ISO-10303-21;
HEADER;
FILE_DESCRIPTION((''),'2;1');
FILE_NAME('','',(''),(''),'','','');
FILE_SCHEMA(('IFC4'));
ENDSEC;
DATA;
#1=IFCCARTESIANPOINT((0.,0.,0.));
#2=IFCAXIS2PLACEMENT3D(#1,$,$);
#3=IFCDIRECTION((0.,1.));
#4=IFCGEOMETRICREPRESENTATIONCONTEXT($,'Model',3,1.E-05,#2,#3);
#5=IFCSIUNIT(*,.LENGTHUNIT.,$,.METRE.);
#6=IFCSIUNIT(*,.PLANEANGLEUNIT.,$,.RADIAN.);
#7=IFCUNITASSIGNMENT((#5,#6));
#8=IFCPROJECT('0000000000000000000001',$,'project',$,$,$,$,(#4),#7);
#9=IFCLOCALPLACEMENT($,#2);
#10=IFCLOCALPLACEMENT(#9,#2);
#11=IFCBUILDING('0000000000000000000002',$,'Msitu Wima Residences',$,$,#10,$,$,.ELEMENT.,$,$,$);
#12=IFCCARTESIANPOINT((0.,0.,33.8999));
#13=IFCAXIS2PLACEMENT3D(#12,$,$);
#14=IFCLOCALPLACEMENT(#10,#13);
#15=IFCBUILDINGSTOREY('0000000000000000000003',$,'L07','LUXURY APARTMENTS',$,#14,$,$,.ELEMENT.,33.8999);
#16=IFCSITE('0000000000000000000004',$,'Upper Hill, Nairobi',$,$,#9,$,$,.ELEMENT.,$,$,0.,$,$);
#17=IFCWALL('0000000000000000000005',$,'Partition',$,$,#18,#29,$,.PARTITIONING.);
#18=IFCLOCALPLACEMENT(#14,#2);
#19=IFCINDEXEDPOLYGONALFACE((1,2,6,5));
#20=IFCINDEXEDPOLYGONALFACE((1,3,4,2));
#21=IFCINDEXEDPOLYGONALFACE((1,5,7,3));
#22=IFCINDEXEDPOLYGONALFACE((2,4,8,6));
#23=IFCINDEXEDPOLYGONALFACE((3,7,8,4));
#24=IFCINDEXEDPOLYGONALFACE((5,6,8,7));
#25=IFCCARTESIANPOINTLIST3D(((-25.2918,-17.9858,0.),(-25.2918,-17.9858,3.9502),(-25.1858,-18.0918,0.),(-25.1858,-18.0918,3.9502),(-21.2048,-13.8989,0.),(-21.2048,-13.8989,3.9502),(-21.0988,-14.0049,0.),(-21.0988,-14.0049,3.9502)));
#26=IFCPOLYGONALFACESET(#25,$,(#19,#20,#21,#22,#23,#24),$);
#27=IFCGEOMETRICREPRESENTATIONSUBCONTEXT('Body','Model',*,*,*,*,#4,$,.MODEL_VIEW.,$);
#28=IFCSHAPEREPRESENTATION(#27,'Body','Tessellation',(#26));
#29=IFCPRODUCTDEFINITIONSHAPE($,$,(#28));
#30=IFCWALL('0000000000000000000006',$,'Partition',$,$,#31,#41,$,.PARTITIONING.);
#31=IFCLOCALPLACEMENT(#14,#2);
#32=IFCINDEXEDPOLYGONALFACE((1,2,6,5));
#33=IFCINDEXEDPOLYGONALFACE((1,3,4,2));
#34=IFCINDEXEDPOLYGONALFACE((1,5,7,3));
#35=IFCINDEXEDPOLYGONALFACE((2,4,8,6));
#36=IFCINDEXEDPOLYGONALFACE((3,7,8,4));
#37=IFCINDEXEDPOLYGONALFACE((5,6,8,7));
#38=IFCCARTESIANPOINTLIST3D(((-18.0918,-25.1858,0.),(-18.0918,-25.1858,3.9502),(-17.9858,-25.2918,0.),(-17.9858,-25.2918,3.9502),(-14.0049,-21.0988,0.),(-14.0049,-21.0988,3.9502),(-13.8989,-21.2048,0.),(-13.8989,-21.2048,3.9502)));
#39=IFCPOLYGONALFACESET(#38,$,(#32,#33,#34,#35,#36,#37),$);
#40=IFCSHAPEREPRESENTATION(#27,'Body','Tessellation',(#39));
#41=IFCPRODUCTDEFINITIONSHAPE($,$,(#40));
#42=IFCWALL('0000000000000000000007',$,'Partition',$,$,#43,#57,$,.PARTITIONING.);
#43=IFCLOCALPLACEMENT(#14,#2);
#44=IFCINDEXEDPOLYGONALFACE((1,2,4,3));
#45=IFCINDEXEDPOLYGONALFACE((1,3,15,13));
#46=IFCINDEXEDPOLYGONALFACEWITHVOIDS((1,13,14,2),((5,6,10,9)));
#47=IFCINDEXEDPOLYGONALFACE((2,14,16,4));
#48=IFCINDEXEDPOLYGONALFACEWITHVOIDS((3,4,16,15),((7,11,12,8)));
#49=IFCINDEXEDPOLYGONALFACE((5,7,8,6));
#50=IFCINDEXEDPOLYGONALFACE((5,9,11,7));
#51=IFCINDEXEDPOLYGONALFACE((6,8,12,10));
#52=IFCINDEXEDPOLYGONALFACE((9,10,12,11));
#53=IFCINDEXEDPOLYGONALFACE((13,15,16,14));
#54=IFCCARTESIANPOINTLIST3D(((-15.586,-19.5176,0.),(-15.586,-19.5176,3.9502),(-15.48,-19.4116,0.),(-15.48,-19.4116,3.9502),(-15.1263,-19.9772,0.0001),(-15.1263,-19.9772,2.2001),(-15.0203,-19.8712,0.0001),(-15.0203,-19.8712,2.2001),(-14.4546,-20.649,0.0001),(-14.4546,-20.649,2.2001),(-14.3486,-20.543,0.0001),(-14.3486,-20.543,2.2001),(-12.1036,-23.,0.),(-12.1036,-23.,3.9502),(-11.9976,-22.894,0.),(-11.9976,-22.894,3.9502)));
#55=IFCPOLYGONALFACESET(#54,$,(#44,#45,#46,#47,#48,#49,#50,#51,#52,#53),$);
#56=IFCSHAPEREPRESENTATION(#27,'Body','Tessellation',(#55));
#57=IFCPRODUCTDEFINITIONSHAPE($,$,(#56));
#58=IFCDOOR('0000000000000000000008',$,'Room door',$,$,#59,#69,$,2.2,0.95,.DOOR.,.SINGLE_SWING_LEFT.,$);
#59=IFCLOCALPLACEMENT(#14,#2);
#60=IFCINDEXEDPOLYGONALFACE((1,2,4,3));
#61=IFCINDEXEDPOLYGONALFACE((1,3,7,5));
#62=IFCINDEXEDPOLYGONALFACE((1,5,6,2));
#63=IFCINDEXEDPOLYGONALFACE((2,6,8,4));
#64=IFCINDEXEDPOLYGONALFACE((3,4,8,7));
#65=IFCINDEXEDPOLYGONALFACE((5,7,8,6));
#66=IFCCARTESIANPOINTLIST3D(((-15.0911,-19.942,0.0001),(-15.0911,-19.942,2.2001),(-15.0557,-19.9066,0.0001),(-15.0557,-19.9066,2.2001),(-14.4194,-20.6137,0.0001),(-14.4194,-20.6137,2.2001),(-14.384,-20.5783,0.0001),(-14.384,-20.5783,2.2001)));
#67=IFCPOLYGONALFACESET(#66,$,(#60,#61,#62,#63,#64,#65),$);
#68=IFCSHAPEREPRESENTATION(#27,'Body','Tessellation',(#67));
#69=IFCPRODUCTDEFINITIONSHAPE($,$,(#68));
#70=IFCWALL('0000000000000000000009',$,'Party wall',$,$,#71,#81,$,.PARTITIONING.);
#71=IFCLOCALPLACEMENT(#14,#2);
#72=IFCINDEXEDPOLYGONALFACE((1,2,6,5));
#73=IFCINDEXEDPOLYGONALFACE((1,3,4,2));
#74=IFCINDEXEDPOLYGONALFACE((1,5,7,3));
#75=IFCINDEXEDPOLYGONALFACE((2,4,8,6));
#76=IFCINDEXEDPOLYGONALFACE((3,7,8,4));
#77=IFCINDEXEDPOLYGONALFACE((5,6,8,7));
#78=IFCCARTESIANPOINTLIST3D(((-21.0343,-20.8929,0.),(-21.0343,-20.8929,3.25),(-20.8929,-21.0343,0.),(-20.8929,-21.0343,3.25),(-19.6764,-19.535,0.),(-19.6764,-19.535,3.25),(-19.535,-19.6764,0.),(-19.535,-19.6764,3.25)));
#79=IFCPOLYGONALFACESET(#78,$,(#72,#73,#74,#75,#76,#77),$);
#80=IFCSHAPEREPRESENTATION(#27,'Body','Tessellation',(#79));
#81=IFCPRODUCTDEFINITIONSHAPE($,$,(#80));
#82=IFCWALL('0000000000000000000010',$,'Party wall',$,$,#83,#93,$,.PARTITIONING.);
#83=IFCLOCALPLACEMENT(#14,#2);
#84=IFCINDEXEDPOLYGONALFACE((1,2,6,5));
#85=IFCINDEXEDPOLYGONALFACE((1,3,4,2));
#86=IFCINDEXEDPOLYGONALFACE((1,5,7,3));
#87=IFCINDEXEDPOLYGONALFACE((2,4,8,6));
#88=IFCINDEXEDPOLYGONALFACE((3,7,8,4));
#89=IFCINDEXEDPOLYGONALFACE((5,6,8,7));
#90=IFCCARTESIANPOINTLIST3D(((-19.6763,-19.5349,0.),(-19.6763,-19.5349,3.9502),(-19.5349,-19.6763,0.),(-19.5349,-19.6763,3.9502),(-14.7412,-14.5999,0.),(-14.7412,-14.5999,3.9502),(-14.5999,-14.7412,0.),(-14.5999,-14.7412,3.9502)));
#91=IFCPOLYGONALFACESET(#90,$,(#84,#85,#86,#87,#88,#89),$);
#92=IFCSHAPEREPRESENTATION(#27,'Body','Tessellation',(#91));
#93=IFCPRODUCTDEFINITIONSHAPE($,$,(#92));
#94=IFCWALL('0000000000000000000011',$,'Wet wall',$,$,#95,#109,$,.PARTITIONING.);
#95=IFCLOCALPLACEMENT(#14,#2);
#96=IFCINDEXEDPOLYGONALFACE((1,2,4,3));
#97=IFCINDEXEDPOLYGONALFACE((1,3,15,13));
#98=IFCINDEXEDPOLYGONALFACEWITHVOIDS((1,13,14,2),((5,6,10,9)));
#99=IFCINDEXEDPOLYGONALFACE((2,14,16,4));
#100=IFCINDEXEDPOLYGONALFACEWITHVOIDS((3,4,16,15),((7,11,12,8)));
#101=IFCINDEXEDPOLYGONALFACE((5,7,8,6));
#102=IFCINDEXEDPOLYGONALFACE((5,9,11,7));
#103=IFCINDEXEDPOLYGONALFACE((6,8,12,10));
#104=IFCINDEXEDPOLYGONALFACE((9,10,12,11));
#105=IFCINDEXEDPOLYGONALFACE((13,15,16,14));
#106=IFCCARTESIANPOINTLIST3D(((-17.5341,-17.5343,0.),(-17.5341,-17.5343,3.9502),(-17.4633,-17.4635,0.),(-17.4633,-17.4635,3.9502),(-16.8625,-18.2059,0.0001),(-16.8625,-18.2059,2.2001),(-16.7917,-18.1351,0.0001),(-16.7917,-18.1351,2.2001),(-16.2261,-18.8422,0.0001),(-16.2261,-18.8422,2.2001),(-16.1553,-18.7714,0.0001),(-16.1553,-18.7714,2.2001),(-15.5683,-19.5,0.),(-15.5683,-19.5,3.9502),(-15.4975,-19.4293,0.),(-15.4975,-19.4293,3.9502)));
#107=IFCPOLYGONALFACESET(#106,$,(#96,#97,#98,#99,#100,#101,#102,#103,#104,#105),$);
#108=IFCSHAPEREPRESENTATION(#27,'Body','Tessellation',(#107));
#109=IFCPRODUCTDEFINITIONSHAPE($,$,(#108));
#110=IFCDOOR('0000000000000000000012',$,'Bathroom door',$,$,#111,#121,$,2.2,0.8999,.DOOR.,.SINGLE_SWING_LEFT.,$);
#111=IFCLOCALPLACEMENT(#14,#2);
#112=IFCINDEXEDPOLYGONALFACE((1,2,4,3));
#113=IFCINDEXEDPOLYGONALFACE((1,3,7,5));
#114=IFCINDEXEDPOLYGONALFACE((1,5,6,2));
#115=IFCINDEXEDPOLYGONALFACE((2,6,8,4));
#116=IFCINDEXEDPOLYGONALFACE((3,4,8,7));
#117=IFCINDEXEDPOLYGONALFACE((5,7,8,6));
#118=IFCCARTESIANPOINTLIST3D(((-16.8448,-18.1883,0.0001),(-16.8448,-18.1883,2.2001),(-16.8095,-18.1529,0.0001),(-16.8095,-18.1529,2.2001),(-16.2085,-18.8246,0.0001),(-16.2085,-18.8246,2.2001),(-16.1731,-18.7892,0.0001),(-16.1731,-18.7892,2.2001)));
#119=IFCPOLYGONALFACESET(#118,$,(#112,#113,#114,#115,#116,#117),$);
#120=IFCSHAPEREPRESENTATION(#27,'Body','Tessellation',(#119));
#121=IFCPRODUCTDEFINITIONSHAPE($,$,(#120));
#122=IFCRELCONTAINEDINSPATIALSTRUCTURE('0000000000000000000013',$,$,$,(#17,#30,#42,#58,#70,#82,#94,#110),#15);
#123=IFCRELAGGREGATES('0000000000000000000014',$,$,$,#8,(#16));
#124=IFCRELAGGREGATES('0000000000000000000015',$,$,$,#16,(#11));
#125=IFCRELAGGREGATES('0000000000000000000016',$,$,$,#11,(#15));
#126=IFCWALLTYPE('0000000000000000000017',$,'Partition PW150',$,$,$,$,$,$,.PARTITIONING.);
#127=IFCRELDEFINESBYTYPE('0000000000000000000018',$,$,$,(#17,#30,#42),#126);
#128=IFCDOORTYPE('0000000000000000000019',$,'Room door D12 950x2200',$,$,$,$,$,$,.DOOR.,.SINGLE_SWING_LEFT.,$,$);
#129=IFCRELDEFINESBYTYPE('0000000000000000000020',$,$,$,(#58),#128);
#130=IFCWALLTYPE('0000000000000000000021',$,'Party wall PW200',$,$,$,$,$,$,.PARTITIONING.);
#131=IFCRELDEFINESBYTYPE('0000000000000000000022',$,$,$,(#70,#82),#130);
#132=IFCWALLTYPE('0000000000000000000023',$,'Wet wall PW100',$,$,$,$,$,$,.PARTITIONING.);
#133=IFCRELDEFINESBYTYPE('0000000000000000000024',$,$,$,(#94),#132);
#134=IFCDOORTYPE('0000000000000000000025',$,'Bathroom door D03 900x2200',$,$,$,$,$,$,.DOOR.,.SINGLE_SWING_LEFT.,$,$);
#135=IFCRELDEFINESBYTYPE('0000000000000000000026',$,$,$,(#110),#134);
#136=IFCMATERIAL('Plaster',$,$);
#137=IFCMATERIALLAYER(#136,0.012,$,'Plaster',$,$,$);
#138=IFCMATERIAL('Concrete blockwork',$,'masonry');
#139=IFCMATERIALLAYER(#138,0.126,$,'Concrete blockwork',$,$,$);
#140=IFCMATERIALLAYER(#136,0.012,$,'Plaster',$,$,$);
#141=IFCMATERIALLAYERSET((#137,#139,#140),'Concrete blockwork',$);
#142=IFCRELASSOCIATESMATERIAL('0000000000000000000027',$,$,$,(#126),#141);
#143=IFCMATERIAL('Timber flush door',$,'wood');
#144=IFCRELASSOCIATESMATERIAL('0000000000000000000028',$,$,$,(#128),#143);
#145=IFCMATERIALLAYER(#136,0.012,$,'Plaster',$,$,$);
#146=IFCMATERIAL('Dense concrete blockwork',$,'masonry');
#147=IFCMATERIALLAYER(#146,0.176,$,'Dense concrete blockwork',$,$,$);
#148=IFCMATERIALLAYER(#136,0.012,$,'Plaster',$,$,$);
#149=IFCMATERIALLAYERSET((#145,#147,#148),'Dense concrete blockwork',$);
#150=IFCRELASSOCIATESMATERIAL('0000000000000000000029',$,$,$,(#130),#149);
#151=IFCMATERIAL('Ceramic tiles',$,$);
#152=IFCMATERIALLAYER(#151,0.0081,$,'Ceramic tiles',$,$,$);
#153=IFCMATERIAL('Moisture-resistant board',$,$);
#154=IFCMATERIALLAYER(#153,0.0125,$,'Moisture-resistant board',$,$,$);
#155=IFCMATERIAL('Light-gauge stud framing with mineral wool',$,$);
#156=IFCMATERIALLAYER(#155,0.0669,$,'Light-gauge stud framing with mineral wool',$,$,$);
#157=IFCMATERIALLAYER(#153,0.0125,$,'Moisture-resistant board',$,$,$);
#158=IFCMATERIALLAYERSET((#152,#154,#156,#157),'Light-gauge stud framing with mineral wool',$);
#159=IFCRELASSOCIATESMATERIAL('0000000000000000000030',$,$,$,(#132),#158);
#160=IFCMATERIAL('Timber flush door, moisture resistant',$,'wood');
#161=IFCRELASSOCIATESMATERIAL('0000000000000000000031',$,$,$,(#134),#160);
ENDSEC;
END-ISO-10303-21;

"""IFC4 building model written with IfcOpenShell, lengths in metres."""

from ifc_helpers import new_model, si_unit, direction, frame, frame_2d, origin, place, context, subcontext, project, spatial, rectangle, extrude, material, layer, layer_set, type_object, element, fill, save


model = new_model("IFC4")

# Units and contexts
model_context = context("Model", 3, precision=1e-05, world=origin(), true_north=direction((0.0, 1.0)))
body_context = subcontext(model_context, "Body", "Model", "MODEL_VIEW")
ifc_project = project(units=[si_unit("LENGTHUNIT", "METRE"), si_unit("PLANEANGLEUNIT", "RADIAN")], contexts=[model_context])

# Site, building, storey
site_placement = place(None, origin())
site = spatial("IfcSite", under=ifc_project, at=site_placement, Name="Upper Hill, Nairobi", CompositionType="ELEMENT", RefElevation=0.0)
building_placement = place(site_placement, origin())
building = spatial("IfcBuilding", under=site, at=building_placement, Name="Msitu Wima Residences", CompositionType="ELEMENT")
storey_placement = place(building_placement, frame((0.0, 0.0, 33.8999)))
storey = spatial("IfcBuildingStorey", under=building, at=storey_placement, Name="L07", Description="LUXURY APARTMENTS", CompositionType="ELEMENT", Elevation=33.8999)

# Shared definitions
ifc_material_1 = material(Name="Plaster")
ifc_material_2 = material(Name="Concrete blockwork", Category="masonry")

# Walls
ifc_layer_1 = layer(ifc_material_1, 0.012, Name="Plaster")
ifc_layer_2 = layer(ifc_material_2, 0.126, Name="Concrete blockwork")
ifc_layer_3 = layer(ifc_material_1, 0.012, Name="Plaster")
ifc_layer_set_1 = layer_set([ifc_layer_1, ifc_layer_2, ifc_layer_3], Name="Concrete blockwork")
wall_type_1 = type_object("IfcWallType", Name="Partition PW150", PredefinedType="PARTITIONING", material=ifc_layer_set_1)
for number, where, z_axis, x_axis, name in (
    (1, (-25.2388, -18.0388, 0.0), (0.0, 0.0, 1.0), (0.707107, 0.707107, 0.0), "Partition"),
    (2, (-18.0388, -25.2388, 0.0), (0.0, 0.0, 1.0), (0.707107, 0.707107, 0.0), "Partition"),
):
    element("IfcWall", number, at=place(storey_placement, frame(where, z_axis=z_axis, x_axis=x_axis)), inside=storey, type_object=wall_type_1, Name=name, PredefinedType="PARTITIONING", context=body_context, shape_type="SweptSolid", body=[
        extrude(rectangle(XDim=5.7798, YDim=0.1499, at=frame_2d((2.8899, 0.0))), origin(), (0.0, 0.0, 1.0), 3.9502),
    ])

# Wall, opening, door
wall_1_placement = place(storey_placement, frame((-15.533, -19.4646, 0.0), z_axis=(0.0, 0.0, 1.0), x_axis=(0.707107, -0.707107, 0.0)))
wall_1 = element("IfcWall", 3, at=wall_1_placement, inside=storey, type_object=wall_type_1, Name="Partition", PredefinedType="PARTITIONING", context=body_context, shape_type="SweptSolid", body=[
    extrude(rectangle(XDim=4.9248, YDim=0.1499, at=frame_2d((2.4624, 0.0))), origin(), (0.0, 0.0, 1.0), 3.9502),
])
opening_1_placement = place(wall_1_placement, frame((0.6499, 0.0, 0.0)))
opening_1 = element("IfcOpeningElement", 4, at=opening_1_placement, cuts=wall_1, PredefinedType="OPENING", context=body_context, shape_type="SweptSolid", body=[
    extrude(rectangle(XDim=0.95, YDim=2.2, at=frame_2d((0.4751, 1.1001))), frame((0.0, 0.085, 0.0), z_axis=(0.0, -1.0, 0.0), x_axis=(1.0, 0.0, 0.0)), (0.0, 0.0, 1.0), 0.1699),
])
ifc_material_3 = material(Name="Timber flush door", Category="wood")
door_type_1 = type_object("IfcDoorType", Name="Room door D12 950x2200", OperationType="SINGLE_SWING_LEFT", PredefinedType="DOOR", material=ifc_material_3)
door_1_placement = place(opening_1_placement, origin())
door_1 = element("IfcDoor", 5, at=door_1_placement, inside=storey, type_object=door_type_1, Name="Room door", OperationType="SINGLE_SWING_LEFT", OverallHeight=2.2, OverallWidth=0.95, PredefinedType="DOOR", context=body_context, shape_type="SweptSolid", body=[
    extrude(rectangle(XDim=0.95, YDim=2.2, at=frame_2d((0.4751, 1.1001))), frame((0.0, 0.0249, 0.0), z_axis=(0.0, -1.0, 0.0), x_axis=(1.0, 0.0, 0.0)), (0.0, 0.0, 1.0), 0.05),
])
fill(opening_1, door_1)

# Walls
ifc_layer_4 = layer(ifc_material_1, 0.012, Name="Plaster")
ifc_material_4 = material(Name="Dense concrete blockwork", Category="masonry")
ifc_layer_5 = layer(ifc_material_4, 0.176, Name="Dense concrete blockwork")
ifc_layer_6 = layer(ifc_material_1, 0.012, Name="Plaster")
ifc_layer_set_2 = layer_set([ifc_layer_4, ifc_layer_5, ifc_layer_6], Name="Dense concrete blockwork")
wall_type_2 = type_object("IfcWallType", Name="Party wall PW200", PredefinedType="PARTITIONING", material=ifc_layer_set_2)
wall_2_placement = place(storey_placement, frame((-20.9636, -20.9636, 0.0), z_axis=(0.0, 0.0, 1.0), x_axis=(0.707107, 0.707107, 0.0)))
element("IfcWall", 6, at=wall_2_placement, inside=storey, type_object=wall_type_2, Name="Party wall", PredefinedType="PARTITIONING", context=body_context, shape_type="SweptSolid", body=[
    extrude(rectangle(XDim=1.9204, YDim=0.2, at=frame_2d((0.9602, 0.0))), origin(), (0.0, 0.0, 1.0), 3.25),
])
wall_3_placement = place(storey_placement, frame((-19.6057, -19.6057, 0.0), z_axis=(0.0, 0.0, 1.0), x_axis=(0.707107, 0.707107, 0.0)))
element("IfcWall", 7, at=wall_3_placement, inside=storey, type_object=wall_type_2, Name="Party wall", PredefinedType="PARTITIONING", context=body_context, shape_type="SweptSolid", body=[
    extrude(rectangle(XDim=6.9792, YDim=0.2, at=frame_2d((3.4897, 0.0))), origin(), (0.0, 0.0, 1.0), 3.9502),
])

# Wall, opening, door
ifc_material_5 = material(Name="Ceramic tiles")
ifc_layer_7 = layer(ifc_material_5, 0.0081, Name="Ceramic tiles")
ifc_material_6 = material(Name="Moisture-resistant board")
ifc_layer_8 = layer(ifc_material_6, 0.0125, Name="Moisture-resistant board")
ifc_material_7 = material(Name="Light-gauge stud framing with mineral wool")
ifc_layer_9 = layer(ifc_material_7, 0.0669, Name="Light-gauge stud framing with mineral wool")
ifc_layer_10 = layer(ifc_material_6, 0.0125, Name="Moisture-resistant board")
ifc_layer_set_3 = layer_set([ifc_layer_7, ifc_layer_8, ifc_layer_9, ifc_layer_10], Name="Light-gauge stud framing with mineral wool")
wall_type_3 = type_object("IfcWallType", Name="Wet wall PW100", PredefinedType="PARTITIONING", material=ifc_layer_set_3)
wall_4_placement = place(storey_placement, frame((-17.4988, -17.4988, 0.0), z_axis=(0.0, 0.0, 1.0), x_axis=(0.707107, -0.707107, 0.0)))
wall_4 = element("IfcWall", 8, at=wall_4_placement, inside=storey, type_object=wall_type_3, Name="Wet wall", PredefinedType="PARTITIONING", context=body_context, shape_type="SweptSolid", body=[
    extrude(rectangle(XDim=2.78, YDim=0.1001, at=frame_2d((1.3901, 0.0))), origin(), (0.0, 0.0, 1.0), 3.9502),
])
opening_2_placement = place(wall_4_placement, frame((0.95, 0.0, 0.0)))
opening_2 = element("IfcOpeningElement", 9, at=opening_2_placement, cuts=wall_4, PredefinedType="OPENING", context=body_context, shape_type="SweptSolid", body=[
    extrude(rectangle(XDim=0.8999, YDim=2.2, at=frame_2d((0.45, 1.1001))), frame((0.0, 0.0601, 0.0), z_axis=(0.0, -1.0, 0.0), x_axis=(1.0, 0.0, 0.0)), (0.0, 0.0, 1.0), 0.1201),
])
ifc_material_8 = material(Name="Timber flush door, moisture resistant", Category="wood")
door_type_2 = type_object("IfcDoorType", Name="Bathroom door D03 900x2200", OperationType="SINGLE_SWING_LEFT", PredefinedType="DOOR", material=ifc_material_8)
door_2_placement = place(opening_2_placement, origin())
door_2 = element("IfcDoor", 10, at=door_2_placement, inside=storey, type_object=door_type_2, Name="Bathroom door", OperationType="SINGLE_SWING_LEFT", OverallHeight=2.2, OverallWidth=0.8999, PredefinedType="DOOR", context=body_context, shape_type="SweptSolid", body=[
    extrude(rectangle(XDim=0.8999, YDim=2.2, at=frame_2d((0.45, 1.1001))), frame((0.0, 0.0249, 0.0), z_axis=(0.0, -1.0, 0.0), x_axis=(1.0, 0.0, 0.0)), (0.0, 0.0, 1.0), 0.05),
])
fill(opening_2, door_2)

save(model, "model.ifc")
